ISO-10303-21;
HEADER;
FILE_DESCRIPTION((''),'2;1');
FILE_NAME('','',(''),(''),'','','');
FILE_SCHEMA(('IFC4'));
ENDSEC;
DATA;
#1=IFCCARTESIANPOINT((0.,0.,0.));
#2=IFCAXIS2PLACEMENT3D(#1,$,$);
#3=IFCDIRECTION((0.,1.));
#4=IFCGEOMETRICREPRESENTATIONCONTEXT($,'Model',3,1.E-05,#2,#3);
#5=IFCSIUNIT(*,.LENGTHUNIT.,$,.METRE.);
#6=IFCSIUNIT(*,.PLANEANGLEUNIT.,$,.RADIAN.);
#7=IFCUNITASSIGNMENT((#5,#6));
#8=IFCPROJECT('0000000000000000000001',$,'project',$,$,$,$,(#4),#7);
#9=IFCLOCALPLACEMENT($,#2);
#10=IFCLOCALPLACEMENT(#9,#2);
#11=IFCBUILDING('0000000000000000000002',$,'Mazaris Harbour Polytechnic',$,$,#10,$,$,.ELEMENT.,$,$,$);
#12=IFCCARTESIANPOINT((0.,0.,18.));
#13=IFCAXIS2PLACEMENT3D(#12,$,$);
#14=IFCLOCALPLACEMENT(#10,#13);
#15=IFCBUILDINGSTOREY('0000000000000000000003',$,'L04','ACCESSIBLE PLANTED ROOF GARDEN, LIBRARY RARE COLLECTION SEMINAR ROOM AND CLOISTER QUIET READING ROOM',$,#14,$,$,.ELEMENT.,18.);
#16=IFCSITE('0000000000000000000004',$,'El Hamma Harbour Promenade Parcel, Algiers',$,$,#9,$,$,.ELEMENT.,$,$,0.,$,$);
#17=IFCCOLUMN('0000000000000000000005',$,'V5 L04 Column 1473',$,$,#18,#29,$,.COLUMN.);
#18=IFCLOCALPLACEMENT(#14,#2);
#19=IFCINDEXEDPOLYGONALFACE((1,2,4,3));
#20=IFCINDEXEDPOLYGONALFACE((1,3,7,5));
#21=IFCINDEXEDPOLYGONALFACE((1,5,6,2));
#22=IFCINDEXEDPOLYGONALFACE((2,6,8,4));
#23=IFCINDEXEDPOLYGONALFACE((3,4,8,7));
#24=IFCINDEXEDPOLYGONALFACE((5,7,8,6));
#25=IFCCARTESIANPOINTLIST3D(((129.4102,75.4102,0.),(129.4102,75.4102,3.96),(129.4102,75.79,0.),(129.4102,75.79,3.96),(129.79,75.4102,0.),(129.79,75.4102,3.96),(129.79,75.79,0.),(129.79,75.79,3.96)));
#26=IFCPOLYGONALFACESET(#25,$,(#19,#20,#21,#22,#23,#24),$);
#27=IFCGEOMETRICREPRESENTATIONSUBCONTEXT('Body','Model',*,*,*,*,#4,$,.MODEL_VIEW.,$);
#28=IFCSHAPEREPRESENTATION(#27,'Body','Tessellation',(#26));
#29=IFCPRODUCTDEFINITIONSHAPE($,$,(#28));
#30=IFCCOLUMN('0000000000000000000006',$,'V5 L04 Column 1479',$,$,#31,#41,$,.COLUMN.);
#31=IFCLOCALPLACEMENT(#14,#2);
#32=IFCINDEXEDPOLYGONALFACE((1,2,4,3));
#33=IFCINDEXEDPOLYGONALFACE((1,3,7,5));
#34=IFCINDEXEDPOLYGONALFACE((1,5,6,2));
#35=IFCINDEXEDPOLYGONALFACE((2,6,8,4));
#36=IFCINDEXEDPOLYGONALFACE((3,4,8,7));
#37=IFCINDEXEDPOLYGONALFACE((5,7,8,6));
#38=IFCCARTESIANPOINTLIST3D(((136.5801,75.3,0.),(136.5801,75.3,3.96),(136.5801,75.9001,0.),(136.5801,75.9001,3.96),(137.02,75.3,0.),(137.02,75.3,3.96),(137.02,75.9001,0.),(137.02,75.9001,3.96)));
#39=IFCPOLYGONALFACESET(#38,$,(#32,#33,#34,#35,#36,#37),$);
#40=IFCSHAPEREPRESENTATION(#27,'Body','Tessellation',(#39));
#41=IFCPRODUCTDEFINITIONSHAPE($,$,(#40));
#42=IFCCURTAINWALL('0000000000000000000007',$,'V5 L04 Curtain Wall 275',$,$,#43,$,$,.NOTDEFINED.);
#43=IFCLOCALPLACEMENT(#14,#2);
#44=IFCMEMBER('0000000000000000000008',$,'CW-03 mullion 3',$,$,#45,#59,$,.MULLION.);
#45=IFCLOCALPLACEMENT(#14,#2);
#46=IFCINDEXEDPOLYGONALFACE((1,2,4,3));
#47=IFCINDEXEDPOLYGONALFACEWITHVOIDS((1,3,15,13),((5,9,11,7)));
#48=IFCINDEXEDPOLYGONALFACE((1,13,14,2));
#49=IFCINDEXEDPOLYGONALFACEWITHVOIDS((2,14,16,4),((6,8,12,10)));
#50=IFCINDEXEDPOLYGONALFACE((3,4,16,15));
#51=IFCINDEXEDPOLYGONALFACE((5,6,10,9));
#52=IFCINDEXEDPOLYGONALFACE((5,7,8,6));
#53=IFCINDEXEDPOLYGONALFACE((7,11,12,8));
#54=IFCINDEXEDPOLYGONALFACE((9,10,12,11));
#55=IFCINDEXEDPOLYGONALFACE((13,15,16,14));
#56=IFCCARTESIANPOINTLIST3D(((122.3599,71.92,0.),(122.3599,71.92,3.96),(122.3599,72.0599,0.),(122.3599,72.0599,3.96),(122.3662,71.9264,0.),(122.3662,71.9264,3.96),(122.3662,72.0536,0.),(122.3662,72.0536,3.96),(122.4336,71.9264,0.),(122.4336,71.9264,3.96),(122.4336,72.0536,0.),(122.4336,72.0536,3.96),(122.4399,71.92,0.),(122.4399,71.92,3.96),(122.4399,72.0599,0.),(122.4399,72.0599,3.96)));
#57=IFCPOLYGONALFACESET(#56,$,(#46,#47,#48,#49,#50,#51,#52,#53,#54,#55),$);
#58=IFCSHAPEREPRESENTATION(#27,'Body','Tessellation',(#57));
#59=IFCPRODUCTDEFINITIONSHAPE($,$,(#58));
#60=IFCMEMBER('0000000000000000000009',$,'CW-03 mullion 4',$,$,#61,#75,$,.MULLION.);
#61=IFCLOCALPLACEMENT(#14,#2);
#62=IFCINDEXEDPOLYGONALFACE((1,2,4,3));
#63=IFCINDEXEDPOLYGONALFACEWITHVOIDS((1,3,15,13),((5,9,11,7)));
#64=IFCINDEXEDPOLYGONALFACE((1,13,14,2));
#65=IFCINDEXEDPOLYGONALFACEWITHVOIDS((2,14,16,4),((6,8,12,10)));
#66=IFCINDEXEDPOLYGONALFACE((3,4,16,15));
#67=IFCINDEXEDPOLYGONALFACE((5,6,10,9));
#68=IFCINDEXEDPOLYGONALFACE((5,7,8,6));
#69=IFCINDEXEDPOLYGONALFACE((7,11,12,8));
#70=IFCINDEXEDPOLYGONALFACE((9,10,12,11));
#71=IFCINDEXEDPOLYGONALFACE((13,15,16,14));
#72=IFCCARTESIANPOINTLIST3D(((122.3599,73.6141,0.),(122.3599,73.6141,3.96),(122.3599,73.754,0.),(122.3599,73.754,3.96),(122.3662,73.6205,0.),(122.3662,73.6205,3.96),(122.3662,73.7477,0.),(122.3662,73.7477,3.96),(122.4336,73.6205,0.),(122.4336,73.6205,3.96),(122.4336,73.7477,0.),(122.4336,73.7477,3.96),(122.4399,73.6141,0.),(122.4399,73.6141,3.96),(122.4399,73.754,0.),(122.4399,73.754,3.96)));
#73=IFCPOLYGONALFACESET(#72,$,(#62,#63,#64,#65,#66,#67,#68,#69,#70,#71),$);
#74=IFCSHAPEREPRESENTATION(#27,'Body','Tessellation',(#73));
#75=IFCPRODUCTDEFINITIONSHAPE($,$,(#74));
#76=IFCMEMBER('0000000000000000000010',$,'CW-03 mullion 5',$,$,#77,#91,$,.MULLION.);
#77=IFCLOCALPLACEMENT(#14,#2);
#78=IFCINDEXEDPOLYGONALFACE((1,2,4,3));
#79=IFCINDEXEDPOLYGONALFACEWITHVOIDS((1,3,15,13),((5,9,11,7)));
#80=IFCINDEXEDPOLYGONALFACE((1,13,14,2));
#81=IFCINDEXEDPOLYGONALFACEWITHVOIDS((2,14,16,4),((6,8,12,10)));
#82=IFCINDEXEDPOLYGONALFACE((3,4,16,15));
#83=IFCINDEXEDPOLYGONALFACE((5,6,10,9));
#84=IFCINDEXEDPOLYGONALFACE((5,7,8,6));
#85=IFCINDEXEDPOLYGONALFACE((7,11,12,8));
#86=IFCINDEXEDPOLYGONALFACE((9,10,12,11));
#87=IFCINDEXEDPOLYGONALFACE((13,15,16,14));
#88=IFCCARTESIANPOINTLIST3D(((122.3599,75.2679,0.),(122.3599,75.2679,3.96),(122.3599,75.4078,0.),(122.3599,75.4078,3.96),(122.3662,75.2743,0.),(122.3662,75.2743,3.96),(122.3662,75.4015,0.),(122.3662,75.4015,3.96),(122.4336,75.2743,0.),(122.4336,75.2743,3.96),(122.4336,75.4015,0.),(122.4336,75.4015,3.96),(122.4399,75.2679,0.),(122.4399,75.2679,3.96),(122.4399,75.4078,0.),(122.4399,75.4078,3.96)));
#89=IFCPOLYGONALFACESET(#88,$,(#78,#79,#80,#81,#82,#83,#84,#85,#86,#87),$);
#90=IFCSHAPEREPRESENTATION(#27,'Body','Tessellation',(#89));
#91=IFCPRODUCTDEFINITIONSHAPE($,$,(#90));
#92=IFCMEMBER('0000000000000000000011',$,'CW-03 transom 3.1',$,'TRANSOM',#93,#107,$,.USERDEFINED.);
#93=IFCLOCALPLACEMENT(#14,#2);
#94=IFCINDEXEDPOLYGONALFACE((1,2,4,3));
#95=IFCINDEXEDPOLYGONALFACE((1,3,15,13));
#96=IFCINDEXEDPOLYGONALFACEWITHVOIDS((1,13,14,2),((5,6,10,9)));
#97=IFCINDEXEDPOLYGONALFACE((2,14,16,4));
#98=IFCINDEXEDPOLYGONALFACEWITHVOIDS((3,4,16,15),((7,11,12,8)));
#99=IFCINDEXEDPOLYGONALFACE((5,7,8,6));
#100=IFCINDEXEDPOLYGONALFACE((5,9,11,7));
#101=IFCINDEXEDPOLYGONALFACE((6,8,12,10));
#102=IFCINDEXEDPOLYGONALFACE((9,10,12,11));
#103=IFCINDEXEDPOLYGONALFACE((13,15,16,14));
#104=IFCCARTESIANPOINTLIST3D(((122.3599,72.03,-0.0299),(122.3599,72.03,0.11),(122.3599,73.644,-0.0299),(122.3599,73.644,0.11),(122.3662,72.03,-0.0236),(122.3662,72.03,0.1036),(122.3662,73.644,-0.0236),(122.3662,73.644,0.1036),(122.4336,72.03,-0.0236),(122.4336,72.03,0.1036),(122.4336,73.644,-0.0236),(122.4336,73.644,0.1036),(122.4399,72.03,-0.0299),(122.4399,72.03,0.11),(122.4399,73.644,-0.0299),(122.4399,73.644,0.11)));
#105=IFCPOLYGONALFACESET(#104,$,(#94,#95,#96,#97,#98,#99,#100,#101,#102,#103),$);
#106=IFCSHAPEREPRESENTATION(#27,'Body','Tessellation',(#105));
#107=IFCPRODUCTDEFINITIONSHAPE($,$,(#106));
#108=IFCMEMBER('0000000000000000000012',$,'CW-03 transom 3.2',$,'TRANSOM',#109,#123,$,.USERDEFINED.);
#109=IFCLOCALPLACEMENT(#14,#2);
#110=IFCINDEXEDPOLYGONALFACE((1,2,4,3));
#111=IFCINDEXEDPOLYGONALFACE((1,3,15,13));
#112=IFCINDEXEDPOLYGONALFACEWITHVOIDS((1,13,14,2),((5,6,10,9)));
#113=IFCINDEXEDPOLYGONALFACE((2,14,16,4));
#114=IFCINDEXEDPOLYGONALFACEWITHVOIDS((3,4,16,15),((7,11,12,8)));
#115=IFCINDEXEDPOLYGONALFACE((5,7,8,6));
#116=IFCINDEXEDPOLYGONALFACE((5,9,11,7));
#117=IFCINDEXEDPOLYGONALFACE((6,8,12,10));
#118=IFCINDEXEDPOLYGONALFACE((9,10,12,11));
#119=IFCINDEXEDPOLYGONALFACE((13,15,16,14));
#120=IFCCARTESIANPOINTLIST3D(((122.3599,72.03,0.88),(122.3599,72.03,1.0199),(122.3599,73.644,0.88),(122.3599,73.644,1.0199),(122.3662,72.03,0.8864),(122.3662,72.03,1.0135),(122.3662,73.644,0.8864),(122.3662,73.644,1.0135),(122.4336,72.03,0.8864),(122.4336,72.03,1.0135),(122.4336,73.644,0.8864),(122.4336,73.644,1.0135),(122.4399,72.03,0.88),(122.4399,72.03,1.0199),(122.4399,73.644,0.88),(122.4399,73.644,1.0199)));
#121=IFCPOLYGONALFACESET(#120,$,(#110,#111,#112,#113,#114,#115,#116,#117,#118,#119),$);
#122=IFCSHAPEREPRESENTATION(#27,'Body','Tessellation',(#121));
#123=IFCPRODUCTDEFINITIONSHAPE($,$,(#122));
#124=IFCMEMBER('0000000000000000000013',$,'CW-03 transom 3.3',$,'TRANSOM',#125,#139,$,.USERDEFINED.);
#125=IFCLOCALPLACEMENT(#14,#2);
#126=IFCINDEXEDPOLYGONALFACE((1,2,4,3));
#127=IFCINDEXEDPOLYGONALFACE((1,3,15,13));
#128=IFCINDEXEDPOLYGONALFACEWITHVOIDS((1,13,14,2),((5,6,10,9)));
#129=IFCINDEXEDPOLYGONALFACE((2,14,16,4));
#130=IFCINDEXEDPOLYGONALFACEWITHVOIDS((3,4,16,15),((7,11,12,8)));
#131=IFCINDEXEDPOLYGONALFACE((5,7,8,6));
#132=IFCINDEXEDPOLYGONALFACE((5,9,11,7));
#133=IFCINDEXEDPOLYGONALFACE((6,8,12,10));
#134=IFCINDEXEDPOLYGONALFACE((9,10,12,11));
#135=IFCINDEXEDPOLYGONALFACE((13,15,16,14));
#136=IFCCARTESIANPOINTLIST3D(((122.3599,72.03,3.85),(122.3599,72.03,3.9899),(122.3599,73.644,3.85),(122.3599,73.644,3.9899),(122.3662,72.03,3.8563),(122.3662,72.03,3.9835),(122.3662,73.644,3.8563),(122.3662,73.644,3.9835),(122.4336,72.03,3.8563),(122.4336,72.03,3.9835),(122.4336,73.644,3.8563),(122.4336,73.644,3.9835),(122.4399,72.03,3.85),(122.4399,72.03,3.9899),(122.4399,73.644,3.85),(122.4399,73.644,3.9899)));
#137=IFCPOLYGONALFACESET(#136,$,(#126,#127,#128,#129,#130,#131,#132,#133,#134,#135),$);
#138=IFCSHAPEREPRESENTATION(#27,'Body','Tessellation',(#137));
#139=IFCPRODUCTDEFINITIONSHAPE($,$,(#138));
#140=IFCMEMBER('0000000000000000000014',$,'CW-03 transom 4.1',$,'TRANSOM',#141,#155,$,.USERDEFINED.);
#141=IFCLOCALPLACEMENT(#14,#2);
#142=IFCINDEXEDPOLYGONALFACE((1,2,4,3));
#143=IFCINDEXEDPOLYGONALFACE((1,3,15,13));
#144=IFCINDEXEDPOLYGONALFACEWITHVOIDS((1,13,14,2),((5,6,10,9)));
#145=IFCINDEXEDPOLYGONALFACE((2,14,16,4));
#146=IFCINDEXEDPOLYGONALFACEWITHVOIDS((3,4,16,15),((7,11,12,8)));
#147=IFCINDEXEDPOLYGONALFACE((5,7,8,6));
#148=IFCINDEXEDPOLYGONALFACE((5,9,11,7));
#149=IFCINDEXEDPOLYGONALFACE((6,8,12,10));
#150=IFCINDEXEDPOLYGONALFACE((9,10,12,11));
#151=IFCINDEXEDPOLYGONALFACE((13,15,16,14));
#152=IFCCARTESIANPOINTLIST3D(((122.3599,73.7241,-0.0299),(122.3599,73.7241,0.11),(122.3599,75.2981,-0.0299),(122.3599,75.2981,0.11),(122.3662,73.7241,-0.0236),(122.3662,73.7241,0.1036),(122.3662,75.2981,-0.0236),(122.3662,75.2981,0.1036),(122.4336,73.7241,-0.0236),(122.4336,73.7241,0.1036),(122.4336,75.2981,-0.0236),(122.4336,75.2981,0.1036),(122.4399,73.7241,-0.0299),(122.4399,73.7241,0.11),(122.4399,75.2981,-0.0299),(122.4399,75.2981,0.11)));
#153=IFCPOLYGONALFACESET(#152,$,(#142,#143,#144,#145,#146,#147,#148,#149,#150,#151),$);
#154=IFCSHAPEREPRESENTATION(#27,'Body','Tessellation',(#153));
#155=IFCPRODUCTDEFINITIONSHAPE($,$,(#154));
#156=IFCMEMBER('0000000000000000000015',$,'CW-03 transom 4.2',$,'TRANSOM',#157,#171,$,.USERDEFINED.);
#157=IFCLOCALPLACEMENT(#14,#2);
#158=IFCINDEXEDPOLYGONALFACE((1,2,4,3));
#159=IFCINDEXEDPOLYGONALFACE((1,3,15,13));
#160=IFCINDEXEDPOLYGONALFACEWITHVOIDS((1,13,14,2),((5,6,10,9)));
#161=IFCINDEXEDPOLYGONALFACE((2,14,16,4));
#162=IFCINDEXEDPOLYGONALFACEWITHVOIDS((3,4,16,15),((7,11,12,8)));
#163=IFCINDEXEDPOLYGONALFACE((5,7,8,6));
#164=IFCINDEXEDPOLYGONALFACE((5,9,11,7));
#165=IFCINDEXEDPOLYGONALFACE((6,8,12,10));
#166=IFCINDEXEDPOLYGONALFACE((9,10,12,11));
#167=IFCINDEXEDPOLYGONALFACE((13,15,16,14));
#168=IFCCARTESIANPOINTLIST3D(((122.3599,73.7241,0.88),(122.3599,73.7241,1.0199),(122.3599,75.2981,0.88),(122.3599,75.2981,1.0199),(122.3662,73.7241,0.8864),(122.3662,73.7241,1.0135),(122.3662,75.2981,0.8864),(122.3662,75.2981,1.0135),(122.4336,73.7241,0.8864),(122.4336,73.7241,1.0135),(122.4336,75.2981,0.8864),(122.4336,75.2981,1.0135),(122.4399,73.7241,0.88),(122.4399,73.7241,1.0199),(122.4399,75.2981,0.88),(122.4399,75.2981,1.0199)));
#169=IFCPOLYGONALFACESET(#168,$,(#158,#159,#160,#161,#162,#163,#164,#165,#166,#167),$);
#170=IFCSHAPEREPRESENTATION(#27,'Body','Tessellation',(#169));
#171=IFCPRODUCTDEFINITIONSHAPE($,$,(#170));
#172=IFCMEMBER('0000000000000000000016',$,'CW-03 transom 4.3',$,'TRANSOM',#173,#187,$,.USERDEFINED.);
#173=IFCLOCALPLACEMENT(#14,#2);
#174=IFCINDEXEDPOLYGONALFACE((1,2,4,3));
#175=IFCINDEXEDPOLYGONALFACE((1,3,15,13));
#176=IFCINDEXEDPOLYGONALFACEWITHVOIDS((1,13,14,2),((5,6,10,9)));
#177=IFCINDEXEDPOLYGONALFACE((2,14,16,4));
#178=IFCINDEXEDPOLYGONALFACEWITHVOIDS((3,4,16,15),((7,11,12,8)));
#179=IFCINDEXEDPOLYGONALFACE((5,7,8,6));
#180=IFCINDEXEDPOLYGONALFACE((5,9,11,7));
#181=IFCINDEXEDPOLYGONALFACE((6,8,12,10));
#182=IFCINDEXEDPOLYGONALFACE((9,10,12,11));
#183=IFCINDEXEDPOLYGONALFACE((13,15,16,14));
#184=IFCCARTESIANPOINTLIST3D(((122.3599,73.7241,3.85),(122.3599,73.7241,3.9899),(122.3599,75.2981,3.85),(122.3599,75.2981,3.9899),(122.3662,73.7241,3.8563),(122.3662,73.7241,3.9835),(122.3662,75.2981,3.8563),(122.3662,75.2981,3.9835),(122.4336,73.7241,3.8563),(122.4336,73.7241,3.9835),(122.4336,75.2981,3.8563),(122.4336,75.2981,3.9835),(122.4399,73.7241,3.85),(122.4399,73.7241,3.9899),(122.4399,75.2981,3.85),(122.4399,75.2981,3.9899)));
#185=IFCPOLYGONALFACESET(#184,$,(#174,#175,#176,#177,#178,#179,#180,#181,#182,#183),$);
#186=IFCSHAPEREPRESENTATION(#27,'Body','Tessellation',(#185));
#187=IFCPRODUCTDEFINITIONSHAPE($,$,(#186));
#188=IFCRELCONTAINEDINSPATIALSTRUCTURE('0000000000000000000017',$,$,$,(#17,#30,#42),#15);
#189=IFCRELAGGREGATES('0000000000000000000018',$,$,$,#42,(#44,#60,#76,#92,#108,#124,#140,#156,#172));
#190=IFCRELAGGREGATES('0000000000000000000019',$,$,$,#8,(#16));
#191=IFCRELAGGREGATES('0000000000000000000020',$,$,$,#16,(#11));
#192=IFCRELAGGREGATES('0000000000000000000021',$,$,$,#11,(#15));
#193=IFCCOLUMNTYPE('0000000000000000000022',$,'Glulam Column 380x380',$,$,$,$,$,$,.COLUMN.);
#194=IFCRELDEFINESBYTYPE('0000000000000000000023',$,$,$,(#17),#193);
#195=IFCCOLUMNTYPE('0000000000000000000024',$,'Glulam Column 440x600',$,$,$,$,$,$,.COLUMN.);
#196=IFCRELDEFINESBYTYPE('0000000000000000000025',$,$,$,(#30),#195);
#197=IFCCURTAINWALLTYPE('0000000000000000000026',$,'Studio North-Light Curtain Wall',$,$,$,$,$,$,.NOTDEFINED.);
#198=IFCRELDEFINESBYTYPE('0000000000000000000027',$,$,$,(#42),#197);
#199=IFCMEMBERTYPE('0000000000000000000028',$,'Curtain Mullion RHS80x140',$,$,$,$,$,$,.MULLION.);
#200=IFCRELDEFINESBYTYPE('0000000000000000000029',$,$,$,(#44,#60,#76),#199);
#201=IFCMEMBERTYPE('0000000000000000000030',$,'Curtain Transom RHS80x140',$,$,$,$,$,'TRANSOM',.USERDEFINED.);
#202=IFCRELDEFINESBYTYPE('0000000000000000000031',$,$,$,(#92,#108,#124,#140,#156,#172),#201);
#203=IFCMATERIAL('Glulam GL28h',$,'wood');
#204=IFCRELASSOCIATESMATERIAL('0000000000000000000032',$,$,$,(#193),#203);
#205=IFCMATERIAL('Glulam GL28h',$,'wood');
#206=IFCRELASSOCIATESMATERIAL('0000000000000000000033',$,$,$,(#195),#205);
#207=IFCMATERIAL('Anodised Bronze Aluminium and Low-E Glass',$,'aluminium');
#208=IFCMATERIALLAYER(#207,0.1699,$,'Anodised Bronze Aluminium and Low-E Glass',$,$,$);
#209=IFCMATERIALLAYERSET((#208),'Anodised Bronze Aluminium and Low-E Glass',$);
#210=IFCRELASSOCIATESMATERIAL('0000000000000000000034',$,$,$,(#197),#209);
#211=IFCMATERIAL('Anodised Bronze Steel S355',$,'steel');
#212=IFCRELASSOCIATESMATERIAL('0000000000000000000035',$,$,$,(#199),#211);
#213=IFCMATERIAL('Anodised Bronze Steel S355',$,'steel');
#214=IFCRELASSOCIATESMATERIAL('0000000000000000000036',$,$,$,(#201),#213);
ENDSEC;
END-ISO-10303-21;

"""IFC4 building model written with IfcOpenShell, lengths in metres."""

from ifc_helpers import new_model, si_unit, direction, frame, origin, origin_2d, place, context, subcontext, project, spatial, rectangle, hollow_rectangle, extrude, material, layer, layer_set, material_profile, profile_set, type_object, element, aggregate, save


model = new_model("IFC4")

# Units and contexts
model_context = context("Model", 3, precision=1e-05, world=origin(), true_north=direction((0.0, 1.0)))
body_context = subcontext(model_context, "Body", "Model", "MODEL_VIEW")
ifc_project = project(units=[si_unit("LENGTHUNIT", "METRE"), si_unit("PLANEANGLEUNIT", "RADIAN")], contexts=[model_context])

# Site, building, storey
site_placement = place(None, origin())
site = spatial("IfcSite", under=ifc_project, at=site_placement, Name="El Hamma Harbour Promenade Parcel, Algiers", CompositionType="ELEMENT", RefElevation=0.0)
building_placement = place(site_placement, origin())
building = spatial("IfcBuilding", under=site, at=building_placement, Name="Mazaris Harbour Polytechnic", CompositionType="ELEMENT")
storey_placement = place(building_placement, frame((0.0, 0.0, 18.0)))
storey = spatial("IfcBuildingStorey", under=building, at=storey_placement, Name="L04", Description="ACCESSIBLE PLANTED ROOF GARDEN, LIBRARY RARE COLLECTION SEMINAR ROOM AND CLOISTER QUIET READING ROOM", CompositionType="ELEMENT", Elevation=18.0)

# Columns
ifc_material_1 = material(Name="Glulam GL28h", Category="wood")
ifc_material_profile_1 = material_profile(ifc_material_1, rectangle(XDim=0.3799, YDim=0.3799, at=origin_2d()), Name="RECT380x380")
ifc_profile_set_1 = profile_set([ifc_material_profile_1], Name="Glulam GL28h")
column_type_1 = type_object("IfcColumnType", Name="Glulam Column 380x380", PredefinedType="COLUMN", material=ifc_profile_set_1)
column_1_placement = place(storey_placement, frame((129.6001, 75.6001, 0.0), z_axis=(0.0, 0.0, 1.0), x_axis=(1.0, 0.0, 0.0)))
element("IfcColumn", 1, at=column_1_placement, inside=storey, type_object=column_type_1, Name="V5 L04 Column 1473", PredefinedType="COLUMN", context=body_context, shape_type="SweptSolid", body=[
    extrude(rectangle(XDim=0.3799, YDim=0.3799, at=origin_2d()), origin(), (0.0, 0.0, 1.0), 3.96),
])
ifc_material_2 = material(Name="Glulam GL28h", Category="wood")
ifc_material_profile_2 = material_profile(ifc_material_2, rectangle(XDim=0.4399, YDim=0.6001, at=origin_2d()), Name="RECT440x600")
ifc_profile_set_2 = profile_set([ifc_material_profile_2], Name="Glulam GL28h")
column_type_2 = type_object("IfcColumnType", Name="Glulam Column 440x600", PredefinedType="COLUMN", material=ifc_profile_set_2)
column_2_placement = place(storey_placement, frame((136.8, 75.6001, 0.0), z_axis=(0.0, 0.0, 1.0), x_axis=(1.0, 0.0, 0.0)))
element("IfcColumn", 2, at=column_2_placement, inside=storey, type_object=column_type_2, Name="V5 L04 Column 1479", PredefinedType="COLUMN", context=body_context, shape_type="SweptSolid", body=[
    extrude(rectangle(XDim=0.4399, YDim=0.6001, at=origin_2d()), origin(), (0.0, 0.0, 1.0), 3.96),
])

# Curtain wall, members
ifc_material_3 = material(Name="Anodised Bronze Aluminium and Low-E Glass", Category="aluminium")
ifc_layer_1 = layer(ifc_material_3, 0.1699, Name="Anodised Bronze Aluminium and Low-E Glass")
ifc_layer_set_1 = layer_set([ifc_layer_1], Name="Anodised Bronze Aluminium and Low-E Glass")
curtain_wall_type = type_object("IfcCurtainWallType", Name="Studio North-Light Curtain Wall", PredefinedType="NOTDEFINED", material=ifc_layer_set_1)
curtain_wall_placement = place(storey_placement, origin())
curtain_wall = element("IfcCurtainWall", 3, at=curtain_wall_placement, inside=storey, type_object=curtain_wall_type, Name="V5 L04 Curtain Wall 275", PredefinedType="NOTDEFINED")
ifc_material_4 = material(Name="Anodised Bronze Steel S355", Category="steel")
ifc_material_profile_3 = material_profile(ifc_material_4, hollow_rectangle(XDim=0.0801, YDim=0.1399, WallThickness=0.0063, at=origin_2d()), Name="RHS 80x140x6.3")
ifc_profile_set_3 = profile_set([ifc_material_profile_3], Name="Anodised Bronze Steel S355")
member_type_1 = type_object("IfcMemberType", Name="Curtain Mullion RHS80x140", PredefinedType="MULLION", material=ifc_profile_set_3)
member_1_placement = place(storey_placement, frame((122.3999, 71.99, 0.0), z_axis=(0.0, 0.0, 1.0), x_axis=(-1.0, 0.0, 0.0)))
member_1 = element("IfcMember", 4, at=member_1_placement, type_object=member_type_1, Name="CW-03 mullion 3", PredefinedType="MULLION", context=body_context, shape_type="SweptSolid", body=[
    extrude(hollow_rectangle(XDim=0.0801, YDim=0.1399, WallThickness=0.0063, at=origin_2d()), origin(), (0.0, 0.0, 1.0), 3.96),
])
member_2_placement = place(storey_placement, frame((122.3999, 73.6841, 0.0), z_axis=(0.0, 0.0, 1.0), x_axis=(-1.0, 0.0, 0.0)))
member_2 = element("IfcMember", 5, at=member_2_placement, type_object=member_type_1, Name="CW-03 mullion 4", PredefinedType="MULLION", context=body_context, shape_type="SweptSolid", body=[
    extrude(hollow_rectangle(XDim=0.0801, YDim=0.1399, WallThickness=0.0063, at=origin_2d()), origin(), (0.0, 0.0, 1.0), 3.96),
])
member_3_placement = place(storey_placement, frame((122.3999, 75.3379, 0.0), z_axis=(0.0, 0.0, 1.0), x_axis=(-1.0, 0.0, 0.0)))
member_3 = element("IfcMember", 6, at=member_3_placement, type_object=member_type_1, Name="CW-03 mullion 5", PredefinedType="MULLION", context=body_context, shape_type="SweptSolid", body=[
    extrude(hollow_rectangle(XDim=0.0801, YDim=0.1399, WallThickness=0.0063, at=origin_2d()), origin(), (0.0, 0.0, 1.0), 3.96),
])
ifc_material_5 = material(Name="Anodised Bronze Steel S355", Category="steel")
ifc_material_profile_4 = material_profile(ifc_material_5, hollow_rectangle(XDim=0.0801, YDim=0.1399, WallThickness=0.0063, at=origin_2d()), Name="RHS 80x140x6.3")
ifc_profile_set_4 = profile_set([ifc_material_profile_4], Name="Anodised Bronze Steel S355")
member_type_2 = type_object("IfcMemberType", Name="Curtain Transom RHS80x140", ElementType="TRANSOM", PredefinedType="USERDEFINED", material=ifc_profile_set_4)
member_4_placement = place(storey_placement, frame((122.3999, 72.03, 0.04), z_axis=(0.0, 1.0, 0.0), x_axis=(-1.0, 0.0, 0.0)))
member_4 = element("IfcMember", 7, at=member_4_placement, type_object=member_type_2, Name="CW-03 transom 3.1", ObjectType="TRANSOM", PredefinedType="USERDEFINED", context=body_context, shape_type="SweptSolid", body=[
    extrude(hollow_rectangle(XDim=0.0801, YDim=0.1399, WallThickness=0.0063, at=origin_2d()), origin(), (0.0, 0.0, 1.0), 1.614),
])
member_5_placement = place(storey_placement, frame((122.3999, 72.03, 0.95), z_axis=(0.0, 1.0, 0.0), x_axis=(-1.0, 0.0, 0.0)))
member_5 = element("IfcMember", 8, at=member_5_placement, type_object=member_type_2, Name="CW-03 transom 3.2", ObjectType="TRANSOM", PredefinedType="USERDEFINED", context=body_context, shape_type="SweptSolid", body=[
    extrude(hollow_rectangle(XDim=0.0801, YDim=0.1399, WallThickness=0.0063, at=origin_2d()), origin(), (0.0, 0.0, 1.0), 1.614),
])
member_6_placement = place(storey_placement, frame((122.3999, 72.03, 3.9199), z_axis=(0.0, 1.0, 0.0), x_axis=(-1.0, 0.0, 0.0)))
member_6 = element("IfcMember", 9, at=member_6_placement, type_object=member_type_2, Name="CW-03 transom 3.3", ObjectType="TRANSOM", PredefinedType="USERDEFINED", context=body_context, shape_type="SweptSolid", body=[
    extrude(hollow_rectangle(XDim=0.0801, YDim=0.1399, WallThickness=0.0063, at=origin_2d()), origin(), (0.0, 0.0, 1.0), 1.614),
])
member_7_placement = place(storey_placement, frame((122.3999, 73.7241, 0.04), z_axis=(0.0, 1.0, 0.0), x_axis=(-1.0, 0.0, 0.0)))
member_7 = element("IfcMember", 10, at=member_7_placement, type_object=member_type_2, Name="CW-03 transom 4.1", ObjectType="TRANSOM", PredefinedType="USERDEFINED", context=body_context, shape_type="SweptSolid", body=[
    extrude(hollow_rectangle(XDim=0.0801, YDim=0.1399, WallThickness=0.0063, at=origin_2d()), origin(), (0.0, 0.0, 1.0), 1.574),
])
member_8_placement = place(storey_placement, frame((122.3999, 73.7241, 0.95), z_axis=(0.0, 1.0, 0.0), x_axis=(-1.0, 0.0, 0.0)))
member_8 = element("IfcMember", 11, at=member_8_placement, type_object=member_type_2, Name="CW-03 transom 4.2", ObjectType="TRANSOM", PredefinedType="USERDEFINED", context=body_context, shape_type="SweptSolid", body=[
    extrude(hollow_rectangle(XDim=0.0801, YDim=0.1399, WallThickness=0.0063, at=origin_2d()), origin(), (0.0, 0.0, 1.0), 1.574),
])
member_9_placement = place(storey_placement, frame((122.3999, 73.7241, 3.9199), z_axis=(0.0, 1.0, 0.0), x_axis=(-1.0, 0.0, 0.0)))
member_9 = element("IfcMember", 12, at=member_9_placement, type_object=member_type_2, Name="CW-03 transom 4.3", ObjectType="TRANSOM", PredefinedType="USERDEFINED", context=body_context, shape_type="SweptSolid", body=[
    extrude(hollow_rectangle(XDim=0.0801, YDim=0.1399, WallThickness=0.0063, at=origin_2d()), origin(), (0.0, 0.0, 1.0), 1.574),
])
aggregate(curtain_wall, [member_1, member_2, member_3, member_4, member_5, member_6, member_7, member_8, member_9])

save(model, "model.ifc")
